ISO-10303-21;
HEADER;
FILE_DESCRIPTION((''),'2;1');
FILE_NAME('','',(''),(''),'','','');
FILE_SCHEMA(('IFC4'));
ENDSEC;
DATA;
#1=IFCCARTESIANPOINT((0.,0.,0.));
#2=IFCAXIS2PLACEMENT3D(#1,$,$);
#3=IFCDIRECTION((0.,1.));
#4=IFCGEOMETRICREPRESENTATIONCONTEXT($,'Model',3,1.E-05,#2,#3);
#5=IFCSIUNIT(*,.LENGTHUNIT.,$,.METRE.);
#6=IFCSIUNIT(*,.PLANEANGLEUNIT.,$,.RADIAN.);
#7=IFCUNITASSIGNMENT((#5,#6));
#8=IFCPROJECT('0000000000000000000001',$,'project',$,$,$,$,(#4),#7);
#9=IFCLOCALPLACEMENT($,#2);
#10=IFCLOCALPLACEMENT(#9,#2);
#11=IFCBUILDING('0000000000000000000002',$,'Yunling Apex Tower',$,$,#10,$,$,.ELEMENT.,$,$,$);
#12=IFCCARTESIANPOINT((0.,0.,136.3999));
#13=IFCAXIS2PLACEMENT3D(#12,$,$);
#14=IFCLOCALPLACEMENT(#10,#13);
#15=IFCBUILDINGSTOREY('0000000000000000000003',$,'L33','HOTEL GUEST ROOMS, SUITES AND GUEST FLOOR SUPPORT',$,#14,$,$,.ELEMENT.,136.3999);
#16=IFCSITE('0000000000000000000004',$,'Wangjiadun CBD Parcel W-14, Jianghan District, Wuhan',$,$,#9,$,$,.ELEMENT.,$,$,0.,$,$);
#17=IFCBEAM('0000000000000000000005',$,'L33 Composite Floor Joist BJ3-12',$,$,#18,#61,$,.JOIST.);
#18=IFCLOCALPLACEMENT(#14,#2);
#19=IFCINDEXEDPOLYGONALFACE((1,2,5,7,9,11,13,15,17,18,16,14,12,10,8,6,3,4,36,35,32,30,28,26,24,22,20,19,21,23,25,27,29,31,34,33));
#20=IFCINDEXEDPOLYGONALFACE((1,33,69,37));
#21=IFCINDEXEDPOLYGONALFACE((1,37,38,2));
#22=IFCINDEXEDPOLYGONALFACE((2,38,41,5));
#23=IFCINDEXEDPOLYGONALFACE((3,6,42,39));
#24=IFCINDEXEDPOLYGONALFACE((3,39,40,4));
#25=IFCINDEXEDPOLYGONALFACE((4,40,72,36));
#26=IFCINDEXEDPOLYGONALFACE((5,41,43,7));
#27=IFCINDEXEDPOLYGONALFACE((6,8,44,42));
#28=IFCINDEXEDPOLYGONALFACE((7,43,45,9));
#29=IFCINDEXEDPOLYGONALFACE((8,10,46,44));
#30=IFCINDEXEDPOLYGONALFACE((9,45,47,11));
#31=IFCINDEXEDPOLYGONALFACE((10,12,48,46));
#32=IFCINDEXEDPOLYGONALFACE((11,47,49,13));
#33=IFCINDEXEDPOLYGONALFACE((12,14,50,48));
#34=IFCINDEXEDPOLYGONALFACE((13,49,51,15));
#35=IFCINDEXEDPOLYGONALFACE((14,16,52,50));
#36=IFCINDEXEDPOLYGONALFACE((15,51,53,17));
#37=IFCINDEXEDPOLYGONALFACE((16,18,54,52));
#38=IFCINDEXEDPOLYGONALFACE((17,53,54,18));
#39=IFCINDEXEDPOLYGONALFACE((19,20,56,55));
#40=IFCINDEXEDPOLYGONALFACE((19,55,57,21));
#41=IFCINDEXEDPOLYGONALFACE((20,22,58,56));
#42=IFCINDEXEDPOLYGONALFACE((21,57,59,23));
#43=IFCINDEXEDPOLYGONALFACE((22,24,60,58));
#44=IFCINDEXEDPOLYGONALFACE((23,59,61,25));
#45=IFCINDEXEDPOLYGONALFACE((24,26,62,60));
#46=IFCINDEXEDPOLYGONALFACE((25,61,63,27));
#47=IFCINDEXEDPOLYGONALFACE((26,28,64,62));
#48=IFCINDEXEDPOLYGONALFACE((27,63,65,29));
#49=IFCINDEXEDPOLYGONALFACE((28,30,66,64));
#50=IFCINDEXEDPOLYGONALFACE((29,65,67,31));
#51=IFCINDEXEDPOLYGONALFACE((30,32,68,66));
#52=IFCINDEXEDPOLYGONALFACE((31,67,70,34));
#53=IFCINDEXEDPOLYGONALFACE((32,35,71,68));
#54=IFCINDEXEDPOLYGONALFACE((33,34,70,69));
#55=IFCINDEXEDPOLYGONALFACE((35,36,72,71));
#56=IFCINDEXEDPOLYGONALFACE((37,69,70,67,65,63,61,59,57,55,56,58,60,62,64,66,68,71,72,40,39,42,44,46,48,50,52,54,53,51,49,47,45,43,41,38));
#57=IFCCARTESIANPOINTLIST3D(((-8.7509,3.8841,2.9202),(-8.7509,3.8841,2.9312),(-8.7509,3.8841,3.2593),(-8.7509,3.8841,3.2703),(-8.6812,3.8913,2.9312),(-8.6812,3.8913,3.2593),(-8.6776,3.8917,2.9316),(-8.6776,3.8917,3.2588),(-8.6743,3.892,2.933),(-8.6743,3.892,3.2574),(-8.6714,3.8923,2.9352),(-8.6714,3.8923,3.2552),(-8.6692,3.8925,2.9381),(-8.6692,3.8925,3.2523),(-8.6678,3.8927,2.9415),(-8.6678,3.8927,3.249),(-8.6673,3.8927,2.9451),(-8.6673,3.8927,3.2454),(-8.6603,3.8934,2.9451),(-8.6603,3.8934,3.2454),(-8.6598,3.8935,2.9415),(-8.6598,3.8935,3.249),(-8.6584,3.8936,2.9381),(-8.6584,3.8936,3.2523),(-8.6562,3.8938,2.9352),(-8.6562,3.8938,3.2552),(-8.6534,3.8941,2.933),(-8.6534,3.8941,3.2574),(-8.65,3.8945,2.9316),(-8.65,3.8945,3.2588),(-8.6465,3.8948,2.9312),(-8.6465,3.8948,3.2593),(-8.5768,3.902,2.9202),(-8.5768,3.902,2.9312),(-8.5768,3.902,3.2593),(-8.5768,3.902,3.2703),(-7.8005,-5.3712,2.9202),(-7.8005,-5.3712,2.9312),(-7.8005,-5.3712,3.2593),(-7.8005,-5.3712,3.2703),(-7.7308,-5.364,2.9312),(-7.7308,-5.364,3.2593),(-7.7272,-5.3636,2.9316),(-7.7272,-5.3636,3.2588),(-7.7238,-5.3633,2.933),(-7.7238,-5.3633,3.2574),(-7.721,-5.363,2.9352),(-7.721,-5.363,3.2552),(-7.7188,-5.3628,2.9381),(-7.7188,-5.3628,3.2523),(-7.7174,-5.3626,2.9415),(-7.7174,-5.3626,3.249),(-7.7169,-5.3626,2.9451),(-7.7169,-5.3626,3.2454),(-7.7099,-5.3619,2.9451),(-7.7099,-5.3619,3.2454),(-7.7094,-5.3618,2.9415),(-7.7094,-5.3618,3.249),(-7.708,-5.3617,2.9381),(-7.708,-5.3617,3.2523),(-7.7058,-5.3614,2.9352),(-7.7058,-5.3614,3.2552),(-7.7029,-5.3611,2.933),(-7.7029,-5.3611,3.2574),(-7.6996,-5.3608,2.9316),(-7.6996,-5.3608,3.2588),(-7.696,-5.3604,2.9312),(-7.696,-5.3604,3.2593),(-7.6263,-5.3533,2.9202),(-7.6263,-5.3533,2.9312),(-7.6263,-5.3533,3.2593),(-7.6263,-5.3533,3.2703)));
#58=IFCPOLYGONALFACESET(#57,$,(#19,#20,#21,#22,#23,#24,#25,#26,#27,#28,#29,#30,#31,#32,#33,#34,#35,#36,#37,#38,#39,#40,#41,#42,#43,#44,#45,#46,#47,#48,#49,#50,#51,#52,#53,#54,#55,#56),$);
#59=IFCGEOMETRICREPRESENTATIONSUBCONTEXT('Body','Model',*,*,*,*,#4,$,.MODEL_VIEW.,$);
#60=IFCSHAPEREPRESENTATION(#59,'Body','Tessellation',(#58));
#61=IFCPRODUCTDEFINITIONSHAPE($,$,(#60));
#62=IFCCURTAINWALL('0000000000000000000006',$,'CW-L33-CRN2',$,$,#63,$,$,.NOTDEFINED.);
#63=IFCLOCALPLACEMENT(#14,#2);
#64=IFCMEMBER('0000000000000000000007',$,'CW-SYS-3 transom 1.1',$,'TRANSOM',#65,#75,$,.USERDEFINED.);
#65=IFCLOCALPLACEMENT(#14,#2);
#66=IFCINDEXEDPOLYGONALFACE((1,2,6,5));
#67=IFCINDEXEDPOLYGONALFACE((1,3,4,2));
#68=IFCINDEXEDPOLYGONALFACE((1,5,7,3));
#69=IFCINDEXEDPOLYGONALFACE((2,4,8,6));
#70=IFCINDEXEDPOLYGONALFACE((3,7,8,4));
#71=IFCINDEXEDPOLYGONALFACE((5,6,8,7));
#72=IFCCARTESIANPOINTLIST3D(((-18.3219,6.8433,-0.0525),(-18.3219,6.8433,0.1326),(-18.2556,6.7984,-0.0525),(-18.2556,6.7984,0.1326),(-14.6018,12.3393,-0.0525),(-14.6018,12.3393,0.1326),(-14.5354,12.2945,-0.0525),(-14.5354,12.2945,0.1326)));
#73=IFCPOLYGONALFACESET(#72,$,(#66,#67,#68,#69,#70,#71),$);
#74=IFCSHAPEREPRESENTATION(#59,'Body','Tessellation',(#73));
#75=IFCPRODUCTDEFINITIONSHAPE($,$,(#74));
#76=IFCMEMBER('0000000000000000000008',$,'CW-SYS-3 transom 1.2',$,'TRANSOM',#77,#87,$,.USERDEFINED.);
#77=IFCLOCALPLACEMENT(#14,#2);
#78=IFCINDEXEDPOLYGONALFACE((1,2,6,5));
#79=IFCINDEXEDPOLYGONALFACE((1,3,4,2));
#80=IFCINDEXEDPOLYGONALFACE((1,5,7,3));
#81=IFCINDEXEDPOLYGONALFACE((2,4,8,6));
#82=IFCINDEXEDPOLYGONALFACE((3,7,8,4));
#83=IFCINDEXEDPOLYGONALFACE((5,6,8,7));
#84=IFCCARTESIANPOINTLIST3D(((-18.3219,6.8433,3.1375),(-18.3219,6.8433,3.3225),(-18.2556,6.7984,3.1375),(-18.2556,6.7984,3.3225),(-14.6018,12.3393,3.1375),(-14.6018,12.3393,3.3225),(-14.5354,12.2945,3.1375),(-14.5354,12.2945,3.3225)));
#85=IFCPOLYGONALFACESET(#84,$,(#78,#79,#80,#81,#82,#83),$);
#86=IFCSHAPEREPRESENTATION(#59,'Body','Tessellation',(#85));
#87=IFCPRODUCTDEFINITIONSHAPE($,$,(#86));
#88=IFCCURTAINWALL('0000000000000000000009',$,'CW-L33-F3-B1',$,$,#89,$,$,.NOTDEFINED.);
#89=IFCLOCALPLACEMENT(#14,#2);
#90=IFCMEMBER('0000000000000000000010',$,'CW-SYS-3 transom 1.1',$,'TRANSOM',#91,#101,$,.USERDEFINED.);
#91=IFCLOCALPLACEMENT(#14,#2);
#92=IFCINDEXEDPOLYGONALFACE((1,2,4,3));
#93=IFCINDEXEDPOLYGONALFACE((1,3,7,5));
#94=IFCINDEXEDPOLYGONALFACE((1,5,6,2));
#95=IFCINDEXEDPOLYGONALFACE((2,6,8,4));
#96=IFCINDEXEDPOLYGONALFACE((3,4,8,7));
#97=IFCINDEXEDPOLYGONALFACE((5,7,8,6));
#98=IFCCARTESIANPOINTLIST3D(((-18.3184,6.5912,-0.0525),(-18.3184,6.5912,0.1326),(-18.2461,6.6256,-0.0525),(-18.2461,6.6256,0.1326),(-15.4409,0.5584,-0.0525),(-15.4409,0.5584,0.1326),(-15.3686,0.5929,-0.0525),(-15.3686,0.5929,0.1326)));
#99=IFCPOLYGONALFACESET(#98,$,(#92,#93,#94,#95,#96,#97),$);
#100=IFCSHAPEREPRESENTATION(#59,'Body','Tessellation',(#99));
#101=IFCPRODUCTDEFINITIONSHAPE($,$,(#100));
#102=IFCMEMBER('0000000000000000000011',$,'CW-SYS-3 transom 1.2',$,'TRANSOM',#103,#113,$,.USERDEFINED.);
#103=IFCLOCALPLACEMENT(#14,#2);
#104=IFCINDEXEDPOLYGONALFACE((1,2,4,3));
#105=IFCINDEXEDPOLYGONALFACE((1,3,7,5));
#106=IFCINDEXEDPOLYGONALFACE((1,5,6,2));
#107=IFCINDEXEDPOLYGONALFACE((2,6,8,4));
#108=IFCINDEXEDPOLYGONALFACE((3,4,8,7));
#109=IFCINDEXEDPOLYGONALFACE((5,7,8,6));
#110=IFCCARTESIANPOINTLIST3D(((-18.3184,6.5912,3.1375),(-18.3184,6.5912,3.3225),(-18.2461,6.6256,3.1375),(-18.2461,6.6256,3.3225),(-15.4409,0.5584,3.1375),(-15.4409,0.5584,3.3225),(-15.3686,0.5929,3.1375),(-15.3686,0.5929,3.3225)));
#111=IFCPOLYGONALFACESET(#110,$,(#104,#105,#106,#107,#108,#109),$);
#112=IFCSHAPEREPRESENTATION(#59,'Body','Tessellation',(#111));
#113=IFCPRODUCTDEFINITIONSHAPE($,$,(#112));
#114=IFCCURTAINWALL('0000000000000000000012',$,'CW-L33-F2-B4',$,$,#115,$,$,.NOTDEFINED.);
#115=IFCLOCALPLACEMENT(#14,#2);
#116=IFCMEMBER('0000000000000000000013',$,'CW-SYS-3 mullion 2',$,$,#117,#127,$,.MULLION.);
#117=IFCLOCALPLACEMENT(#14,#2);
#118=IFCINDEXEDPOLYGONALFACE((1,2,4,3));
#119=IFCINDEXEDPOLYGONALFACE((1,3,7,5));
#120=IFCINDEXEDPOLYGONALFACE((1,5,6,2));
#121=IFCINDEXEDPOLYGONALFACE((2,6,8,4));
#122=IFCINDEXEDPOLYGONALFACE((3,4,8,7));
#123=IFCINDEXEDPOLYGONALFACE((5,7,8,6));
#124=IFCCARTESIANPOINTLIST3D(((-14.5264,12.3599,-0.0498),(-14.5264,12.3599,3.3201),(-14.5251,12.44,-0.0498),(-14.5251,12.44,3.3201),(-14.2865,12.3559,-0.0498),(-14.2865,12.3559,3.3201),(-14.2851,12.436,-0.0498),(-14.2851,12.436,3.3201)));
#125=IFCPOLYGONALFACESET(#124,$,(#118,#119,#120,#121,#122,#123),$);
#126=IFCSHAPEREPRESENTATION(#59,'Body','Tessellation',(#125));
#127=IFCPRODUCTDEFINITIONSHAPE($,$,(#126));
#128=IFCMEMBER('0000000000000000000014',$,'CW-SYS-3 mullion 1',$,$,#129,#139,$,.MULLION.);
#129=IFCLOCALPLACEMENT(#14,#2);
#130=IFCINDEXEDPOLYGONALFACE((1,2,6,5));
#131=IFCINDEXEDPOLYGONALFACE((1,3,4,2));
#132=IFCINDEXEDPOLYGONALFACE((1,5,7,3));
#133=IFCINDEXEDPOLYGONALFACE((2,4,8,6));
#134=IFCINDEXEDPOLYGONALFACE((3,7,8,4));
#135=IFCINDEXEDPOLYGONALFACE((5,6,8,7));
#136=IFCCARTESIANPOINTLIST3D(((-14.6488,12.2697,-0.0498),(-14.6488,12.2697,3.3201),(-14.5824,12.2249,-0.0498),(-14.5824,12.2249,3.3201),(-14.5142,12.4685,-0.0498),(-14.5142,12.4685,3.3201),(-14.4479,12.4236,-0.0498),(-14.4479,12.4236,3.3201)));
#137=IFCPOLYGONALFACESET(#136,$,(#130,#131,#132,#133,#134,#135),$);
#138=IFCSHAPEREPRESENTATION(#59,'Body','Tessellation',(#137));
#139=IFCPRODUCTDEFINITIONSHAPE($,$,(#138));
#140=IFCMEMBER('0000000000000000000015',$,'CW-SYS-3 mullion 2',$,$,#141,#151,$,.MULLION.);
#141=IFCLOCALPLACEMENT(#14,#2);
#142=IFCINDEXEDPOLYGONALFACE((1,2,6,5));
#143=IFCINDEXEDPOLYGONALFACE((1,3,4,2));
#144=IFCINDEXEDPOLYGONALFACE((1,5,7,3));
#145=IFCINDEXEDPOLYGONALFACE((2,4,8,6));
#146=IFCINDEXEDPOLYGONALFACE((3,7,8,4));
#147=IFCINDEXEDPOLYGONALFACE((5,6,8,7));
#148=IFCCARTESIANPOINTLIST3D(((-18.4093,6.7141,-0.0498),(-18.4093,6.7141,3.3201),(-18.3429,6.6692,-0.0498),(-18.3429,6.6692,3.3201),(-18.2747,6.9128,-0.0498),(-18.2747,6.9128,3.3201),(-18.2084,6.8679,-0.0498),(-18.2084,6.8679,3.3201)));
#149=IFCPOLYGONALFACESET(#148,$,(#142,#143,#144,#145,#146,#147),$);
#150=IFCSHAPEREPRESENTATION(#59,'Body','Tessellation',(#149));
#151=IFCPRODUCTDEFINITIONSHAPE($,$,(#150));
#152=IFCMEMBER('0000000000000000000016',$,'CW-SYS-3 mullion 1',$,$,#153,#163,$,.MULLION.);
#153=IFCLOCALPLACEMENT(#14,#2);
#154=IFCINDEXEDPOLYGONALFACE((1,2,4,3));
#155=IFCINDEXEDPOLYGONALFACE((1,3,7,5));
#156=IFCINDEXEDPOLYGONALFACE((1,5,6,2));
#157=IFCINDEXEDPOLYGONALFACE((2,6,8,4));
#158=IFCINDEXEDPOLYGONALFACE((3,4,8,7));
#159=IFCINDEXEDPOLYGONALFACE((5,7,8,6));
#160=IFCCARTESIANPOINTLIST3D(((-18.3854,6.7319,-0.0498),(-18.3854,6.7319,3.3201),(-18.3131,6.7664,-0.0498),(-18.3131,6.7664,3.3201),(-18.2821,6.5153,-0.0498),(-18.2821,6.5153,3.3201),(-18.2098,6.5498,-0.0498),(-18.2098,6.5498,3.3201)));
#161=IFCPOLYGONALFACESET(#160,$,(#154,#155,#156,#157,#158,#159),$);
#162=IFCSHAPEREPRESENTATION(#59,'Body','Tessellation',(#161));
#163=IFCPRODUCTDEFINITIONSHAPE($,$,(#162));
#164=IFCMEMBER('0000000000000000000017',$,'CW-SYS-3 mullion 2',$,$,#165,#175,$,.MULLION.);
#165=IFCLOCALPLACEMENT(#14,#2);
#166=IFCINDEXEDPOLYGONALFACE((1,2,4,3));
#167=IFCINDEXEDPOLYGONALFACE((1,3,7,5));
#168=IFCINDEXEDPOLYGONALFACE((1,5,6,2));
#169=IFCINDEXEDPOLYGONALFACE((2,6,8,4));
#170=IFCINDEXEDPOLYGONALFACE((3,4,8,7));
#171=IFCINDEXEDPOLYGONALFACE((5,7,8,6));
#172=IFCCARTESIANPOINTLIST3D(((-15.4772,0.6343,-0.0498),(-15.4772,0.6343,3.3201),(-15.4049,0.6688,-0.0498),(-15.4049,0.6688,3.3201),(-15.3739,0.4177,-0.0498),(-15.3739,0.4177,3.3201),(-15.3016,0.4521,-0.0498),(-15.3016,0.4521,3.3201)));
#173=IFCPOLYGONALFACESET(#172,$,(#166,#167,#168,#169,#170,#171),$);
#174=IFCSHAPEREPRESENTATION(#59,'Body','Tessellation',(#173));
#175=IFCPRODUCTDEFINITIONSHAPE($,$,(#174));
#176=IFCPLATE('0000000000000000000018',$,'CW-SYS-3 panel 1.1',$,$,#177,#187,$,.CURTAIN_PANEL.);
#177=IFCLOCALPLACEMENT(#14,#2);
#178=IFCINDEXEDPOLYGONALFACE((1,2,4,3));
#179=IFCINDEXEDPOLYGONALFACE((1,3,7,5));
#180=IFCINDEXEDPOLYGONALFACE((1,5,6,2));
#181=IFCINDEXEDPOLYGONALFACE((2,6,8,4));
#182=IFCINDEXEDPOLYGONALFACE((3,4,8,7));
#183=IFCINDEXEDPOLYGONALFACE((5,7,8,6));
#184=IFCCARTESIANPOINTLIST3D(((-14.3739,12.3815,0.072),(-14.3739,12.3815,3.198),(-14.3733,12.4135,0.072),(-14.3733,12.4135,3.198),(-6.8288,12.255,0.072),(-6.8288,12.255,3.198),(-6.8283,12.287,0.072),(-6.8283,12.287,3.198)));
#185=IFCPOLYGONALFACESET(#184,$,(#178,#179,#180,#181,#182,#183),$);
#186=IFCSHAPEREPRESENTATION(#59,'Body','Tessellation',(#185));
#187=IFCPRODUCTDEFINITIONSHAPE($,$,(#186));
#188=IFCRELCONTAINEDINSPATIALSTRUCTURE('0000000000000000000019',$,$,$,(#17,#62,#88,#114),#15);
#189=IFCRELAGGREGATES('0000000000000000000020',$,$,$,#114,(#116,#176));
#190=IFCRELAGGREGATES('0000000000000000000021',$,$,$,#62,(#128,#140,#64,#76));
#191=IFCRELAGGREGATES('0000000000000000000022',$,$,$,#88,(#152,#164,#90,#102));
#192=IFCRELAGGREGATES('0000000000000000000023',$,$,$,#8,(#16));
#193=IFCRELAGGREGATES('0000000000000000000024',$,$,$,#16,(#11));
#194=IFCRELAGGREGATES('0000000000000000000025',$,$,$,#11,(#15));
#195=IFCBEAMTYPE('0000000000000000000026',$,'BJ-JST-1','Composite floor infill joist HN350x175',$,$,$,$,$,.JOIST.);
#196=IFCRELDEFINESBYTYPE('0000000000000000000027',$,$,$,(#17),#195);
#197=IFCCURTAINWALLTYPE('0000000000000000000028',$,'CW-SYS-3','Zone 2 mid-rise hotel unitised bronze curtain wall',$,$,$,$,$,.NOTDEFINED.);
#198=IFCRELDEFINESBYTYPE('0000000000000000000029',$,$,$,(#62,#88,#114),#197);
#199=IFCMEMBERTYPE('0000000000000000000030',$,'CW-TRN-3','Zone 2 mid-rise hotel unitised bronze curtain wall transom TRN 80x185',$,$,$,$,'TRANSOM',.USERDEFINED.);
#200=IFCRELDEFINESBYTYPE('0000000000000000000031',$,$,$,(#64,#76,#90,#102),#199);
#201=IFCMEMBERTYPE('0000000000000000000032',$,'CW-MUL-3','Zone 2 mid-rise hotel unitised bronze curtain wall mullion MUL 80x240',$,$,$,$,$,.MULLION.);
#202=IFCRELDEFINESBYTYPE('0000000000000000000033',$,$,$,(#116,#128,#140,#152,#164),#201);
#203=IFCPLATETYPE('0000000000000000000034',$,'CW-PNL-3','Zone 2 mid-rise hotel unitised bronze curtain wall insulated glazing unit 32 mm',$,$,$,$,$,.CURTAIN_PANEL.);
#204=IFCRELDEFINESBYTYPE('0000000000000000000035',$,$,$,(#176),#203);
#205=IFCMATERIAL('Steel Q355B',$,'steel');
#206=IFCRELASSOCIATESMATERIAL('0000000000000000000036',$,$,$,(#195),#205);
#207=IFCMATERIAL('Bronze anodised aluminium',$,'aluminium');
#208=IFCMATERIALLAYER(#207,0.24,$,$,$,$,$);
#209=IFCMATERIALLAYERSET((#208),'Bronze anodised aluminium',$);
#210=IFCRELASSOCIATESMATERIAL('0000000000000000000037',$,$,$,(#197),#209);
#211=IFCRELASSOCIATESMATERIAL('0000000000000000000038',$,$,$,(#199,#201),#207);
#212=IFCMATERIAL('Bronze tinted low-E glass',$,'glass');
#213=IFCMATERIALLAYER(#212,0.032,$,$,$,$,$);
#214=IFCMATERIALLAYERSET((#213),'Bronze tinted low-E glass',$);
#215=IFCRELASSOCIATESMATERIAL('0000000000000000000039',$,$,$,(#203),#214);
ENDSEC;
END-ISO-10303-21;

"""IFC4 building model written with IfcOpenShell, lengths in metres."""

from ifc_helpers import new_model, si_unit, direction, frame, origin, origin_2d, place, context, subcontext, project, spatial, rectangle, i_section, extrude, source, transform, mapped, material, layer, layer_set, material_profile, profile_set, type_object, element, aggregate, save


model = new_model("IFC4")

# Units and contexts
model_context = context("Model", 3, precision=1e-05, world=origin(), true_north=direction((0.0, 1.0)))
body_context = subcontext(model_context, "Body", "Model", "MODEL_VIEW")
ifc_project = project(units=[si_unit("LENGTHUNIT", "METRE"), si_unit("PLANEANGLEUNIT", "RADIAN")], contexts=[model_context])

# Site, building, storey
site_placement = place(None, origin())
site = spatial("IfcSite", under=ifc_project, at=site_placement, Name="Wangjiadun CBD Parcel W-14, Jianghan District, Wuhan", CompositionType="ELEMENT", RefElevation=0.0)
building_placement = place(site_placement, origin())
building = spatial("IfcBuilding", under=site, at=building_placement, Name="Yunling Apex Tower", CompositionType="ELEMENT")
storey_placement = place(building_placement, frame((0.0, 0.0, 136.3999)))
storey = spatial("IfcBuildingStorey", under=building, at=storey_placement, Name="L33", Description="HOTEL GUEST ROOMS, SUITES AND GUEST FLOOR SUPPORT", CompositionType="ELEMENT", Elevation=136.3999)

# Beam
ifc_material_1 = material(Name="Steel Q355B", Category="steel")
ifc_material_profile_1 = material_profile(ifc_material_1, i_section(OverallWidth=0.175, OverallDepth=0.3501, WebThickness=0.0071, FlangeThickness=0.011, FilletRadius=0.0139, at=origin_2d()))
ifc_profile_set_1 = profile_set([ifc_material_profile_1], Name="Steel Q355B")
beam_type_1 = type_object("IfcBeamType", Name="BJ-JST-1", Description="Composite floor infill joist HN350x175", PredefinedType="JOIST", material=ifc_profile_set_1)
shared_shape_1 = source(origin(), body_context, "Body", "SweptSolid", [
    extrude(i_section(OverallWidth=0.175, OverallDepth=0.3501, WebThickness=0.0071, FlangeThickness=0.011, FilletRadius=0.0139, at=origin_2d()), origin(), (0.0, 0.0, 1.0), 9.304),
])
beam_1_placement = place(storey_placement, frame((-8.6638, 3.8931, 3.0952), z_axis=(0.102153, -0.994769, 0.0), x_axis=(0.994769, 0.102153, 0.0)))
element("IfcBeam", 1, at=beam_1_placement, inside=storey, type_object=beam_type_1, Name="L33 Composite Floor Joist BJ3-12", PredefinedType="JOIST", context=body_context, shape_type="MappedRepresentation", body=[
    mapped(shared_shape_1, transform((0.0, 0.0, 0.0), scale=1.0)),
])

# Curtain walls, members
ifc_material_2 = material(Name="Bronze anodised aluminium", Category="aluminium")
ifc_layer_1 = layer(ifc_material_2, 0.24)
ifc_layer_set_1 = layer_set([ifc_layer_1], Name="Bronze anodised aluminium")
curtain_wall_type = type_object("IfcCurtainWallType", Name="CW-SYS-3", Description="Zone 2 mid-rise hotel unitised bronze curtain wall", PredefinedType="NOTDEFINED", material=ifc_layer_set_1)
curtain_wall_1_placement = place(storey_placement, origin())
curtain_wall_1 = element("IfcCurtainWall", 2, at=curtain_wall_1_placement, inside=storey, type_object=curtain_wall_type, Name="CW-L33-CRN2", PredefinedType="NOTDEFINED")
ifc_material_profile_2 = material_profile(ifc_material_2, rectangle(XDim=0.0801, YDim=0.1851, at=origin_2d()))
ifc_profile_set_2 = profile_set([ifc_material_profile_2], Name="Bronze anodised aluminium")
member_type_1 = type_object("IfcMemberType", Name="CW-TRN-3", Description="Zone 2 mid-rise hotel unitised bronze curtain wall transom TRN 80x185", ElementType="TRANSOM", PredefinedType="USERDEFINED", material=ifc_profile_set_2)
shared_shape_2 = source(origin(), body_context, "Body", "SweptSolid", [
    extrude(rectangle(XDim=0.0801, YDim=0.1851, at=origin_2d()), origin(), (0.0, 0.0, 1.0), 6.6367),
])
member_1_placement = place(storey_placement, frame((-14.5686, 12.3169, 0.04), z_axis=(-0.560544, -0.828125, 0.0), x_axis=(0.828125, -0.560544, 0.0)))
member_1 = element("IfcMember", 3, at=member_1_placement, type_object=member_type_1, Name="CW-SYS-3 transom 1.1", ObjectType="TRANSOM", PredefinedType="USERDEFINED", context=body_context, shape_type="MappedRepresentation", body=[
    mapped(shared_shape_2, transform((0.0, 0.0, 0.0), scale=1.0)),
])
member_2_placement = place(storey_placement, frame((-14.5686, 12.3169, 3.23), z_axis=(-0.560544, -0.828125, 0.0), x_axis=(0.828125, -0.560544, 0.0)))
member_2 = element("IfcMember", 4, at=member_2_placement, type_object=member_type_1, Name="CW-SYS-3 transom 1.2", ObjectType="TRANSOM", PredefinedType="USERDEFINED", context=body_context, shape_type="MappedRepresentation", body=[
    mapped(shared_shape_2, transform((0.0, 0.0, 0.0), scale=1.0)),
])
curtain_wall_2_placement = place(storey_placement, origin())
curtain_wall_2 = element("IfcCurtainWall", 5, at=curtain_wall_2_placement, inside=storey, type_object=curtain_wall_type, Name="CW-L33-F3-B1", PredefinedType="NOTDEFINED")
shared_shape_3 = source(origin(), body_context, "Body", "SweptSolid", [
    extrude(rectangle(XDim=0.0801, YDim=0.1851, at=origin_2d()), origin(), (0.0, 0.0, 1.0), 6.6838),
])
member_3_placement = place(storey_placement, frame((-18.2822, 6.6084, 0.04), z_axis=(0.430509, -0.902586, 0.0), x_axis=(0.902586, 0.430509, 0.0)))
member_3 = element("IfcMember", 6, at=member_3_placement, type_object=member_type_1, Name="CW-SYS-3 transom 1.1", ObjectType="TRANSOM", PredefinedType="USERDEFINED", context=body_context, shape_type="MappedRepresentation", body=[
    mapped(shared_shape_3, transform((0.0, 0.0, 0.0), scale=1.0)),
])
member_4_placement = place(storey_placement, frame((-18.2822, 6.6084, 3.23), z_axis=(0.430509, -0.902586, 0.0), x_axis=(0.902586, 0.430509, 0.0)))
member_4 = element("IfcMember", 7, at=member_4_placement, type_object=member_type_1, Name="CW-SYS-3 transom 1.2", ObjectType="TRANSOM", PredefinedType="USERDEFINED", context=body_context, shape_type="MappedRepresentation", body=[
    mapped(shared_shape_3, transform((0.0, 0.0, 0.0), scale=1.0)),
])

# Curtain wall, member
curtain_wall_3_placement = place(storey_placement, origin())
curtain_wall_3 = element("IfcCurtainWall", 8, at=curtain_wall_3_placement, inside=storey, type_object=curtain_wall_type, Name="CW-L33-F2-B4", PredefinedType="NOTDEFINED")
ifc_material_profile_3 = material_profile(ifc_material_2, rectangle(XDim=0.0801, YDim=0.24, at=origin_2d()))
ifc_profile_set_3 = profile_set([ifc_material_profile_3], Name="Bronze anodised aluminium")
member_type_2 = type_object("IfcMemberType", Name="CW-MUL-3", Description="Zone 2 mid-rise hotel unitised bronze curtain wall mullion MUL 80x240", PredefinedType="MULLION", material=ifc_profile_set_3)
shared_shape_4 = source(origin(), body_context, "Body", "SweptSolid", [
    extrude(rectangle(XDim=0.0801, YDim=0.24, at=origin_2d()), origin(), (0.0, 0.0, 1.0), 3.3699),
])
member_5_placement = place(storey_placement, frame((-14.4058, 12.3979, -0.0498), z_axis=(0.0, 0.0, 1.0), x_axis=(-0.016762, -0.99986, 0.0)))
member_5 = element("IfcMember", 9, at=member_5_placement, type_object=member_type_2, Name="CW-SYS-3 mullion 2", PredefinedType="MULLION", context=body_context, shape_type="MappedRepresentation", body=[
    mapped(shared_shape_4, transform((0.0, 0.0, 0.0), scale=1.0)),
])

# Members
member_6_placement = place(storey_placement, frame((-14.5483, 12.3467, -0.0498), z_axis=(0.0, 0.0, 1.0), x_axis=(0.828139, -0.560523, 0.0)))
member_6 = element("IfcMember", 10, at=member_6_placement, type_object=member_type_2, Name="CW-SYS-3 mullion 1", PredefinedType="MULLION", context=body_context, shape_type="MappedRepresentation", body=[
    mapped(shared_shape_4, transform((0.0, 0.0, 0.0), scale=1.0)),
])
member_7_placement = place(storey_placement, frame((-18.3088, 6.791, -0.0498), z_axis=(0.0, 0.0, 1.0), x_axis=(0.828139, -0.560523, 0.0)))
member_7 = element("IfcMember", 11, at=member_7_placement, type_object=member_type_2, Name="CW-SYS-3 mullion 2", PredefinedType="MULLION", context=body_context, shape_type="MappedRepresentation", body=[
    mapped(shared_shape_4, transform((0.0, 0.0, 0.0), scale=1.0)),
])
member_8_placement = place(storey_placement, frame((-18.2976, 6.6409, -0.0498), z_axis=(0.0, 0.0, 1.0), x_axis=(0.902588, 0.430506, 0.0)))
member_8 = element("IfcMember", 12, at=member_8_placement, type_object=member_type_2, Name="CW-SYS-3 mullion 1", PredefinedType="MULLION", context=body_context, shape_type="MappedRepresentation", body=[
    mapped(shared_shape_4, transform((0.0, 0.0, 0.0), scale=1.0)),
])
member_9_placement = place(storey_placement, frame((-15.3894, 0.5432, -0.0498), z_axis=(0.0, 0.0, 1.0), x_axis=(0.902588, 0.430506, 0.0)))
member_9 = element("IfcMember", 13, at=member_9_placement, type_object=member_type_2, Name="CW-SYS-3 mullion 2", PredefinedType="MULLION", context=body_context, shape_type="MappedRepresentation", body=[
    mapped(shared_shape_4, transform((0.0, 0.0, 0.0), scale=1.0)),
])

# Plate
ifc_material_3 = material(Name="Bronze tinted low-E glass", Category="glass")
ifc_layer_2 = layer(ifc_material_3, 0.032)
ifc_layer_set_2 = layer_set([ifc_layer_2], Name="Bronze tinted low-E glass")
plate_type = type_object("IfcPlateType", Name="CW-PNL-3", Description="Zone 2 mid-rise hotel unitised bronze curtain wall insulated glazing unit 32 mm", PredefinedType="CURTAIN_PANEL", material=ifc_layer_set_2)
shared_shape_5 = source(origin(), body_context, "Body", "SweptSolid", [
    extrude(rectangle(XDim=7.5461, YDim=0.032, at=origin_2d()), origin(), (0.0, 0.0, 1.0), 3.126),
])
plate_1_placement = place(storey_placement, frame((-10.6011, 12.3342, 0.072), z_axis=(0.0, 0.0, 1.0), x_axis=(-0.99986, 0.016762, 0.0)))
plate_1 = element("IfcPlate", 14, at=plate_1_placement, type_object=plate_type, Name="CW-SYS-3 panel 1.1", PredefinedType="CURTAIN_PANEL", context=body_context, shape_type="MappedRepresentation", body=[
    mapped(shared_shape_5, transform((0.0, 0.0, 0.0), scale=1.0)),
])
aggregate(curtain_wall_3, [member_5, plate_1])
aggregate(curtain_wall_1, [member_6, member_7, member_1, member_2])
aggregate(curtain_wall_2, [member_8, member_9, member_3, member_4])

save(model, "model.ifc")
